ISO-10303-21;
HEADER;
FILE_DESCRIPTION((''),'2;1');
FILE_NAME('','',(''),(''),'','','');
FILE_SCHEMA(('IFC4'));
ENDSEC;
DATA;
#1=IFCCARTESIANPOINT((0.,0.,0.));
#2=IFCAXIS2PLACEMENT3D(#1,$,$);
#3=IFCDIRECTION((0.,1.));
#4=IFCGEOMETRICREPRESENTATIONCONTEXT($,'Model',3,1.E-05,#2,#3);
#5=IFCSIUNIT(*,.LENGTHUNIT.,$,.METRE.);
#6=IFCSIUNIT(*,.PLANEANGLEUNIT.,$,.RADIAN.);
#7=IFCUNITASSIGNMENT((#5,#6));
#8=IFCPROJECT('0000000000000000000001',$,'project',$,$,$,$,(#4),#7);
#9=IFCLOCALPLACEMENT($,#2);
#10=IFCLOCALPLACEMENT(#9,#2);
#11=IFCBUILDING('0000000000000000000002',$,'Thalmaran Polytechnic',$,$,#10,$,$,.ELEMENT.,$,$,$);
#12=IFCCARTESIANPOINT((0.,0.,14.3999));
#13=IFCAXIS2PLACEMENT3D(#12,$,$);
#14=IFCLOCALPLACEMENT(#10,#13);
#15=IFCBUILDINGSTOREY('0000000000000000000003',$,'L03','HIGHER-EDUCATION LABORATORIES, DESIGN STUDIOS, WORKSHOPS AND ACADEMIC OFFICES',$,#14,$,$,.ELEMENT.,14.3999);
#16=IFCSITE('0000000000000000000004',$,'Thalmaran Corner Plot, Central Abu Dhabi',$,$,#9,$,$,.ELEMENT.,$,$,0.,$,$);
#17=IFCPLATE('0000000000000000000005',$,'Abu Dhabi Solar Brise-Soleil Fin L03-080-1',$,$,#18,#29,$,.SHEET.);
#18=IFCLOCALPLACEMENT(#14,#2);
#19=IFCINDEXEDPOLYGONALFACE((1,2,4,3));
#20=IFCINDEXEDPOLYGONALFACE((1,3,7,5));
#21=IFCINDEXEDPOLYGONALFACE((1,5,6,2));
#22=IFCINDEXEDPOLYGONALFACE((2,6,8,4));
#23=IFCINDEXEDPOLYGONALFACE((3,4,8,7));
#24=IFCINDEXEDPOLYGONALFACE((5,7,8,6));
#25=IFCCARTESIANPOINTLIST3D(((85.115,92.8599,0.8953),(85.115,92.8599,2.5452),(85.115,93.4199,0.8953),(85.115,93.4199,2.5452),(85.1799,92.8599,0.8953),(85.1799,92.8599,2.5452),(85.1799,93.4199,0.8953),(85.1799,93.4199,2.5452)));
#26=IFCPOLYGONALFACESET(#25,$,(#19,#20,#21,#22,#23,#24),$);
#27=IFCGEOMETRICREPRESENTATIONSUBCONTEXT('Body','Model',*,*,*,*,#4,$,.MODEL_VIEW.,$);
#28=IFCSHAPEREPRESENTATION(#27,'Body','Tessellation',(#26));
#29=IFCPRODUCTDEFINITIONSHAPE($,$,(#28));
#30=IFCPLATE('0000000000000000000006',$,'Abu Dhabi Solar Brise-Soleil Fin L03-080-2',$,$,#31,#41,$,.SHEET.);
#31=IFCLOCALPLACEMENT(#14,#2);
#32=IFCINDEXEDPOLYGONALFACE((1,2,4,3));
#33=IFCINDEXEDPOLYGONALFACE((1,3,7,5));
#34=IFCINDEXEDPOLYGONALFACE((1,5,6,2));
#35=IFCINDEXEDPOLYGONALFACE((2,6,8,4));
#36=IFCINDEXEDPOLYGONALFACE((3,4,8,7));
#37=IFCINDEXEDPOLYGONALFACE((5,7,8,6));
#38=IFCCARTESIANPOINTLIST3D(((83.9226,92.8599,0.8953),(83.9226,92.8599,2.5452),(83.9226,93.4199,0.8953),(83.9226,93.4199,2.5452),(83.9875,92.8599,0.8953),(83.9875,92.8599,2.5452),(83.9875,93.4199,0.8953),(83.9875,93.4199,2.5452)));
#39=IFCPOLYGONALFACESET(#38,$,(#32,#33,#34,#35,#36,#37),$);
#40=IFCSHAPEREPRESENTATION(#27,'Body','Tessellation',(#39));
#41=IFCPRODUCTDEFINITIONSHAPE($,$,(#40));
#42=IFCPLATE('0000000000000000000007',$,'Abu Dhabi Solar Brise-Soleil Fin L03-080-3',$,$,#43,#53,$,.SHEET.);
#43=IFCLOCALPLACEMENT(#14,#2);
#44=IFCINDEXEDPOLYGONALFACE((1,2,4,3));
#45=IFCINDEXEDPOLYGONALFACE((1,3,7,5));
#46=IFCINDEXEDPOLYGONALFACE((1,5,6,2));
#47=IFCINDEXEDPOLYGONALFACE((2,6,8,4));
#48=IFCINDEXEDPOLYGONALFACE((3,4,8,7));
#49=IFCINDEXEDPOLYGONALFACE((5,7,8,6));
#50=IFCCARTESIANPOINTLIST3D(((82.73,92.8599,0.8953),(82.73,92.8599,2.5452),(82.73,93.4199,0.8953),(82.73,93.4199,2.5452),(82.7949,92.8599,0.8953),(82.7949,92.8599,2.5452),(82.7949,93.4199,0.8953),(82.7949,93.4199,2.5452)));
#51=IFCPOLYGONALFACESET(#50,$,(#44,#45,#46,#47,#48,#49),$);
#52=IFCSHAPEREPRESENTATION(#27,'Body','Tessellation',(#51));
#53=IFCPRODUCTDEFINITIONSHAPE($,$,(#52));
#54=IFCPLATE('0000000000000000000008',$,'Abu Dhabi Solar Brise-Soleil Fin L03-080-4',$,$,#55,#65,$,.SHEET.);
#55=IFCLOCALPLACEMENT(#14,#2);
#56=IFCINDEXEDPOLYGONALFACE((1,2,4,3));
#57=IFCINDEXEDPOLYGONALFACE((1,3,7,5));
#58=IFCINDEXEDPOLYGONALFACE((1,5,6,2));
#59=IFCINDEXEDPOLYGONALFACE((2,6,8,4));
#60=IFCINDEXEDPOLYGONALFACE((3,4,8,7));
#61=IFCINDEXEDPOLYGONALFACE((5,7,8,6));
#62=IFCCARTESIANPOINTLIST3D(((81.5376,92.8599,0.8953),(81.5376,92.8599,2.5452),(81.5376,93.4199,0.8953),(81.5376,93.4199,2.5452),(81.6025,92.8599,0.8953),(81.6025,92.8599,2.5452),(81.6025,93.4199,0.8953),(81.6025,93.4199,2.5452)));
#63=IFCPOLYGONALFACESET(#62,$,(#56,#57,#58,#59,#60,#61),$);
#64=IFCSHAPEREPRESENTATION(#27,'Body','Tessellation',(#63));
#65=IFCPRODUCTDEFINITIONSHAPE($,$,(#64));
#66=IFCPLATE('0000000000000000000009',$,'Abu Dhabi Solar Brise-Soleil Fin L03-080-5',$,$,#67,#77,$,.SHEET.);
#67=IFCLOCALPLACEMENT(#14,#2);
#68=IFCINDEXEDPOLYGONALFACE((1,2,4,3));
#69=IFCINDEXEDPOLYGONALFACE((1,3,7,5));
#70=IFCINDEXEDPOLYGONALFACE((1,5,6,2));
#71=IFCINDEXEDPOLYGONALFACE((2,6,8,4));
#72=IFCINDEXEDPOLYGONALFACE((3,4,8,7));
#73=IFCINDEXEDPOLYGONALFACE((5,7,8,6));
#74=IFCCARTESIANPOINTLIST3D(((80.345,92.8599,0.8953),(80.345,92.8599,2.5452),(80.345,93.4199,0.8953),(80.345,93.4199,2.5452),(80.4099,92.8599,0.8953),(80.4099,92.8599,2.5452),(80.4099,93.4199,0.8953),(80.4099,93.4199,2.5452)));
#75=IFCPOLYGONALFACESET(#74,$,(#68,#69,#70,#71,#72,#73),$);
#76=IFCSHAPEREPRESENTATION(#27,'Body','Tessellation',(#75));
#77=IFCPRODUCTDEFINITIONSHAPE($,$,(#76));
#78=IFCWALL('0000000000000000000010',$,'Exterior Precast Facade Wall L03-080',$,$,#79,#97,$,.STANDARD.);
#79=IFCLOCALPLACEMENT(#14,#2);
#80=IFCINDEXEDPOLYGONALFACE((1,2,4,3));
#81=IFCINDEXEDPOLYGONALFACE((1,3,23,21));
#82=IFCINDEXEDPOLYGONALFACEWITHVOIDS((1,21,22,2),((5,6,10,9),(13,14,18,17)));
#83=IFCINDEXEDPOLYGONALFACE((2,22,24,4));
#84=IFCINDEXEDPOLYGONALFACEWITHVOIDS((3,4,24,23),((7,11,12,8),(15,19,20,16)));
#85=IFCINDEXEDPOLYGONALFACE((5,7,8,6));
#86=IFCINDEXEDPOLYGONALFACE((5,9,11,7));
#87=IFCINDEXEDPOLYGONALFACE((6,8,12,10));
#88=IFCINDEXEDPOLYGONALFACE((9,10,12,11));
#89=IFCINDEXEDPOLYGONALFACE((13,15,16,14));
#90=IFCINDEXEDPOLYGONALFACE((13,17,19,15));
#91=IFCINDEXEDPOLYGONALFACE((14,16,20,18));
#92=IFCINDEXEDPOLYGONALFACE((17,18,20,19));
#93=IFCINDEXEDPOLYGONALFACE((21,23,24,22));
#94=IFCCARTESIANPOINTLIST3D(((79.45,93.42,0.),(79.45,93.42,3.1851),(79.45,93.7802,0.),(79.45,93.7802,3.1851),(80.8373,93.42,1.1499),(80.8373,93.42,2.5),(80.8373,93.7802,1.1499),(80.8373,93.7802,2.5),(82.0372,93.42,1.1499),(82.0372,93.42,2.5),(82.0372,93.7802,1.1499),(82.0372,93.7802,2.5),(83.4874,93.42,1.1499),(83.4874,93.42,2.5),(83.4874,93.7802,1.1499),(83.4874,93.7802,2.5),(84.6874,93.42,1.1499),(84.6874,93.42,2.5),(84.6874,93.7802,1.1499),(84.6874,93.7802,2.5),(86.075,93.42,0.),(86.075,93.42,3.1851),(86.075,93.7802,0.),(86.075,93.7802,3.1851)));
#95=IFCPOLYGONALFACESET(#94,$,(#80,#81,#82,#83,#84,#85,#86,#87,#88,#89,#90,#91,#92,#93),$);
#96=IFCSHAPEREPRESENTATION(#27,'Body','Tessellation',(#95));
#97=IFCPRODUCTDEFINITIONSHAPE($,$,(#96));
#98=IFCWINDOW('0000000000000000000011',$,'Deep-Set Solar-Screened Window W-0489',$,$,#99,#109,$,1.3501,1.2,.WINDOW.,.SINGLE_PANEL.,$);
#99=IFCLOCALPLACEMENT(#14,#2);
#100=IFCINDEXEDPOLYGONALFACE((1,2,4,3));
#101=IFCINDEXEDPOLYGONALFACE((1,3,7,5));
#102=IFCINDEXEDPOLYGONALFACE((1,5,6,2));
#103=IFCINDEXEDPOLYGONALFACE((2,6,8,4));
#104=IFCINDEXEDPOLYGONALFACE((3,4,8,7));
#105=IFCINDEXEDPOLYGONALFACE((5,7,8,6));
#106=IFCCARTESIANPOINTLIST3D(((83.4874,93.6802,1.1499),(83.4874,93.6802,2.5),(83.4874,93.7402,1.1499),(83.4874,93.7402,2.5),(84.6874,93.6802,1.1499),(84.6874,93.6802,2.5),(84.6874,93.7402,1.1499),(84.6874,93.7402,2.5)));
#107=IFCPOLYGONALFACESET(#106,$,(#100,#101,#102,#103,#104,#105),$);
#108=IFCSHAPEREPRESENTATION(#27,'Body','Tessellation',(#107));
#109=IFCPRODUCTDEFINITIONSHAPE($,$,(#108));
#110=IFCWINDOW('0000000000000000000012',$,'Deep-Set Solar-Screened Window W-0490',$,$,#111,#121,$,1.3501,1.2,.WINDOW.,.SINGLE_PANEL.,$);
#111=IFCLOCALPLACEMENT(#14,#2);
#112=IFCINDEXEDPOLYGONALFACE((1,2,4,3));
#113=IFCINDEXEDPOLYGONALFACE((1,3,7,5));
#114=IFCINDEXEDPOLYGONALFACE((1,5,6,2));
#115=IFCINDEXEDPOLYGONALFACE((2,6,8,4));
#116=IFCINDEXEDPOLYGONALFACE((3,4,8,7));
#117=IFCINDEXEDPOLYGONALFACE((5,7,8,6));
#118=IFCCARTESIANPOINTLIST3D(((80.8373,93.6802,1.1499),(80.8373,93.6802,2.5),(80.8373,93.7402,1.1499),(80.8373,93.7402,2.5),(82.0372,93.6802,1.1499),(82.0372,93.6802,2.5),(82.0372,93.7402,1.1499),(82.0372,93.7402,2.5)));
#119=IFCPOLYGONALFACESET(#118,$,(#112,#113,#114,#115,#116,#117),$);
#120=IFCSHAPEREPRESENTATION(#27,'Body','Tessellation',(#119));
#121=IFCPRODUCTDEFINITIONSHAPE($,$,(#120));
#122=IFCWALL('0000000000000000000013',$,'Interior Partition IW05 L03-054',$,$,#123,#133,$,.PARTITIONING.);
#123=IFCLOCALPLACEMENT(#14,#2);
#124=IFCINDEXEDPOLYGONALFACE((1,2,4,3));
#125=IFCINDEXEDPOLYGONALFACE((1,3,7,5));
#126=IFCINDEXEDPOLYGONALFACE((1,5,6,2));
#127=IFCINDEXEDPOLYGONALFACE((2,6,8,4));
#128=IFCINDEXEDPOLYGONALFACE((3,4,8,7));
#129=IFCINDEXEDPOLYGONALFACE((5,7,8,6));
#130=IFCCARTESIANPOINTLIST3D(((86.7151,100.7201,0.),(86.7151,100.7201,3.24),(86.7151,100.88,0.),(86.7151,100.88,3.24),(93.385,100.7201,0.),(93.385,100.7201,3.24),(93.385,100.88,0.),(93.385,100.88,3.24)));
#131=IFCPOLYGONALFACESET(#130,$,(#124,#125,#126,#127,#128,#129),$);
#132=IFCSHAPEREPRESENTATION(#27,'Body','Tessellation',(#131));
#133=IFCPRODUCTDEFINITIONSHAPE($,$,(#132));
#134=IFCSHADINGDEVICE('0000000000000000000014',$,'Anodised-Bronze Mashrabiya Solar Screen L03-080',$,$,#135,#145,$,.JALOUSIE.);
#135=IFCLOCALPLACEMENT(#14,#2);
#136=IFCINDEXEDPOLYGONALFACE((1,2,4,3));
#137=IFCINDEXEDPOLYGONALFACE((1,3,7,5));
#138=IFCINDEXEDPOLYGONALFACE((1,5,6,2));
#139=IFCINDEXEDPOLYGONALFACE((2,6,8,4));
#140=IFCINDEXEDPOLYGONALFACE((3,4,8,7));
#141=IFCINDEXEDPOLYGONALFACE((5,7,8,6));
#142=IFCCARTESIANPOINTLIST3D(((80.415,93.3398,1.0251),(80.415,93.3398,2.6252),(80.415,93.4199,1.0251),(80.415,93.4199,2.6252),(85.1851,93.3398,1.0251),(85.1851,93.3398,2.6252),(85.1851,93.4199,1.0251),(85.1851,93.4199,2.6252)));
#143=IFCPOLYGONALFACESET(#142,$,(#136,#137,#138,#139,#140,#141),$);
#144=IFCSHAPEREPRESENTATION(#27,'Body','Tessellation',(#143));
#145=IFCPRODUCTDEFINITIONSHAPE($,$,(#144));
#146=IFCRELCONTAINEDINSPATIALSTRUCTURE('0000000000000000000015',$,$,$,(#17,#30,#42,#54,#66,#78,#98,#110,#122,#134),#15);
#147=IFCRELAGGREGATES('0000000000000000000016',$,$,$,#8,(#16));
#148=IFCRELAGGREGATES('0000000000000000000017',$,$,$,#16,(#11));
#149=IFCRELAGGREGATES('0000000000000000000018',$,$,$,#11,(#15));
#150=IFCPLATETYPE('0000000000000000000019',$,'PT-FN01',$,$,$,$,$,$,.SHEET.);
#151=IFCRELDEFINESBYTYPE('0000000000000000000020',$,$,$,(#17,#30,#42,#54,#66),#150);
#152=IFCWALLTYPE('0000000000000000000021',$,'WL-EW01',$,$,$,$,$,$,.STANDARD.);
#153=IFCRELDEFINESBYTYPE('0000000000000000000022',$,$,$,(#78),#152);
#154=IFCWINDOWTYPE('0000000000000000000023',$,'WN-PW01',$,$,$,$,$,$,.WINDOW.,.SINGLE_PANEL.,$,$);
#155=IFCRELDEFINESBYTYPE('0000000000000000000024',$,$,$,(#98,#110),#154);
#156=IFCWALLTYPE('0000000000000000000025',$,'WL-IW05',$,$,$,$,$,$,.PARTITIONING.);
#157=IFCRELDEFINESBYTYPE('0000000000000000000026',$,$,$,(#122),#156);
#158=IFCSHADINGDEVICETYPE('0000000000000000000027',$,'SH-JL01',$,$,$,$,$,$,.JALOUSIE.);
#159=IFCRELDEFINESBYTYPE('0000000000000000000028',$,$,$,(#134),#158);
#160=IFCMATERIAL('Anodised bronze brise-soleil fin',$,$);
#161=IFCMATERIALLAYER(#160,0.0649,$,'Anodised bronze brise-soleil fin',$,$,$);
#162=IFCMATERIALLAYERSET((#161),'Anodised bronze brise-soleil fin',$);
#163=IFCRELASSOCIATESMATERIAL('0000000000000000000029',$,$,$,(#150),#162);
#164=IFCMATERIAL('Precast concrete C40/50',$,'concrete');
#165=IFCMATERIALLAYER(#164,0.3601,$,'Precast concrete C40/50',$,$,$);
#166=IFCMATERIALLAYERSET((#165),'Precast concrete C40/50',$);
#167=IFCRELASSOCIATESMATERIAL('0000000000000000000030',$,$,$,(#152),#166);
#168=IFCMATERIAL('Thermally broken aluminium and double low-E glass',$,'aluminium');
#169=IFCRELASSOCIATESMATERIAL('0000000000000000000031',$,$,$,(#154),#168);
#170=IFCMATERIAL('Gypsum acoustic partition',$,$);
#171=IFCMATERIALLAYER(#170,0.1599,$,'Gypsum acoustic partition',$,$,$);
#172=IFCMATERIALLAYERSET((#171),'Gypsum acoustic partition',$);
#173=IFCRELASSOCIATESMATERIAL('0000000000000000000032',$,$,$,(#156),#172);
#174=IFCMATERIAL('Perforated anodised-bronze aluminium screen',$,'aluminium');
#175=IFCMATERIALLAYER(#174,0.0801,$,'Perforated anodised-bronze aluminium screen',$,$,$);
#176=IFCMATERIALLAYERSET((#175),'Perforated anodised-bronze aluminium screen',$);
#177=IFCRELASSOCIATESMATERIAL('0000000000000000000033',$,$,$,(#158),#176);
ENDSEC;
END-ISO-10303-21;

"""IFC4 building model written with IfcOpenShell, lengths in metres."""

from ifc_helpers import new_model, si_unit, direction, frame, frame_2d, origin, origin_2d, place, context, subcontext, project, spatial, rectangle, extrude, material, layer, layer_set, type_object, element, fill, save


model = new_model("IFC4")

# Units and contexts
model_context = context("Model", 3, precision=1e-05, world=origin(), true_north=direction((0.0, 1.0)))
body_context = subcontext(model_context, "Body", "Model", "MODEL_VIEW")
ifc_project = project(units=[si_unit("LENGTHUNIT", "METRE"), si_unit("PLANEANGLEUNIT", "RADIAN")], contexts=[model_context])

# Site, building, storey
site_placement = place(None, origin())
site = spatial("IfcSite", under=ifc_project, at=site_placement, Name="Thalmaran Corner Plot, Central Abu Dhabi", CompositionType="ELEMENT", RefElevation=0.0)
building_placement = place(site_placement, origin())
building = spatial("IfcBuilding", under=site, at=building_placement, Name="Thalmaran Polytechnic", CompositionType="ELEMENT")
storey_placement = place(building_placement, frame((0.0, 0.0, 14.3999)))
storey = spatial("IfcBuildingStorey", under=building, at=storey_placement, Name="L03", Description="HIGHER-EDUCATION LABORATORIES, DESIGN STUDIOS, WORKSHOPS AND ACADEMIC OFFICES", CompositionType="ELEMENT", Elevation=14.3999)

# Plates
ifc_material_1 = material(Name="Anodised bronze brise-soleil fin")
ifc_layer_1 = layer(ifc_material_1, 0.0649, Name="Anodised bronze brise-soleil fin")
ifc_layer_set_1 = layer_set([ifc_layer_1], Name="Anodised bronze brise-soleil fin")
plate_type_1 = type_object("IfcPlateType", Name="PT-FN01", PredefinedType="SHEET", material=ifc_layer_set_1)
for number, where, z_axis, x_axis, name in (
    (1, (85.1475, 93.1399, 0.8953), (0.0, 0.0, 1.0), (-1.0, 0.0, 0.0), "Abu Dhabi Solar Brise-Soleil Fin L03-080-1"),
    (2, (83.9551, 93.1399, 0.8953), (0.0, 0.0, 1.0), (-1.0, 0.0, 0.0), "Abu Dhabi Solar Brise-Soleil Fin L03-080-2"),
    (3, (82.7625, 93.1399, 0.8953), (0.0, 0.0, 1.0), (-1.0, 0.0, 0.0), "Abu Dhabi Solar Brise-Soleil Fin L03-080-3"),
    (4, (81.5701, 93.1399, 0.8953), (0.0, 0.0, 1.0), (-1.0, 0.0, 0.0), "Abu Dhabi Solar Brise-Soleil Fin L03-080-4"),
    (5, (80.3774, 93.1399, 0.8953), (0.0, 0.0, 1.0), (-1.0, 0.0, 0.0), "Abu Dhabi Solar Brise-Soleil Fin L03-080-5"),
):
    element("IfcPlate", number, at=place(storey_placement, frame(where, z_axis=z_axis, x_axis=x_axis)), inside=storey, type_object=plate_type_1, Name=name, PredefinedType="SHEET", context=body_context, shape_type="SweptSolid", body=[
        extrude(rectangle(XDim=0.0649, YDim=0.5601, at=origin_2d()), origin(), (0.0, 0.0, 1.0), 1.6499),
    ])

# Wall, openings, windows
ifc_material_2 = material(Name="Precast concrete C40/50", Category="concrete")
ifc_layer_2 = layer(ifc_material_2, 0.3601, Name="Precast concrete C40/50")
ifc_layer_set_2 = layer_set([ifc_layer_2], Name="Precast concrete C40/50")
wall_type_1 = type_object("IfcWallType", Name="WL-EW01", PredefinedType="STANDARD", material=ifc_layer_set_2)
wall_1_placement = place(storey_placement, frame((86.075, 93.6001, 0.0), z_axis=(0.0, 0.0, 1.0), x_axis=(-1.0, 0.0, 0.0)))
wall_1 = element("IfcWall", 6, at=wall_1_placement, inside=storey, type_object=wall_type_1, Name="Exterior Precast Facade Wall L03-080", PredefinedType="STANDARD", context=body_context, shape_type="SweptSolid", body=[
    extrude(rectangle(XDim=6.625, YDim=0.3601, at=frame_2d((3.3125, 0.0))), origin(), (0.0, 0.0, 1.0), 3.1851),
])
opening_1_placement = place(wall_1_placement, frame((1.3875, 0.0, 1.1499)))
opening_1 = element("IfcOpeningElement", 7, at=opening_1_placement, cuts=wall_1, PredefinedType="OPENING", context=body_context, shape_type="SweptSolid", body=[
    extrude(rectangle(XDim=1.2, YDim=1.3501, at=frame_2d((0.6001, 0.675))), frame((0.0, 0.1899, 0.0), z_axis=(0.0, -1.0, 0.0), x_axis=(1.0, 0.0, 0.0)), (0.0, 0.0, 1.0), 0.3801),
])
opening_2_placement = place(wall_1_placement, frame((4.0376, 0.0, 1.1499)))
opening_2 = element("IfcOpeningElement", 8, at=opening_2_placement, cuts=wall_1, PredefinedType="OPENING", context=body_context, shape_type="SweptSolid", body=[
    extrude(rectangle(XDim=1.2, YDim=1.3501, at=frame_2d((0.6001, 0.675))), frame((0.0, 0.1899, 0.0), z_axis=(0.0, -1.0, 0.0), x_axis=(1.0, 0.0, 0.0)), (0.0, 0.0, 1.0), 0.3801),
])
ifc_material_3 = material(Name="Thermally broken aluminium and double low-E glass", Category="aluminium")
window_type = type_object("IfcWindowType", Name="WN-PW01", PartitioningType="SINGLE_PANEL", PredefinedType="WINDOW", material=ifc_material_3)
window_1_placement = place(opening_1_placement, origin())
window_1 = element("IfcWindow", 9, at=window_1_placement, inside=storey, type_object=window_type, Name="Deep-Set Solar-Screened Window W-0489", OverallHeight=1.3501, OverallWidth=1.2, PartitioningType="SINGLE_PANEL", PredefinedType="WINDOW", context=body_context, shape_type="SweptSolid", body=[
    extrude(rectangle(XDim=1.2, YDim=1.3501, at=frame_2d((0.6001, 0.675))), frame((0.0, -0.0801, 0.0), z_axis=(0.0, -1.0, 0.0), x_axis=(1.0, 0.0, 0.0)), (0.0, 0.0, 1.0), 0.0601),
])
fill(opening_1, window_1)
window_2_placement = place(opening_2_placement, origin())
window_2 = element("IfcWindow", 10, at=window_2_placement, inside=storey, type_object=window_type, Name="Deep-Set Solar-Screened Window W-0490", OverallHeight=1.3501, OverallWidth=1.2, PartitioningType="SINGLE_PANEL", PredefinedType="WINDOW", context=body_context, shape_type="SweptSolid", body=[
    extrude(rectangle(XDim=1.2, YDim=1.3501, at=frame_2d((0.6001, 0.675))), frame((0.0, -0.0801, 0.0), z_axis=(0.0, -1.0, 0.0), x_axis=(1.0, 0.0, 0.0)), (0.0, 0.0, 1.0), 0.0601),
])
fill(opening_2, window_2)

# Wall
ifc_material_4 = material(Name="Gypsum acoustic partition")
ifc_layer_3 = layer(ifc_material_4, 0.1599, Name="Gypsum acoustic partition")
ifc_layer_set_3 = layer_set([ifc_layer_3], Name="Gypsum acoustic partition")
wall_type_2 = type_object("IfcWallType", Name="WL-IW05", PredefinedType="PARTITIONING", material=ifc_layer_set_3)
wall_2_placement = place(storey_placement, frame((86.7151, 100.8, 0.0), z_axis=(0.0, 0.0, 1.0), x_axis=(1.0, 0.0, 0.0)))
element("IfcWall", 11, at=wall_2_placement, inside=storey, type_object=wall_type_2, Name="Interior Partition IW05 L03-054", PredefinedType="PARTITIONING", context=body_context, shape_type="SweptSolid", body=[
    extrude(rectangle(XDim=6.6699, YDim=0.1599, at=frame_2d((3.335, 0.0))), origin(), (0.0, 0.0, 1.0), 3.24),
])

# Shading device
ifc_material_5 = material(Name="Perforated anodised-bronze aluminium screen", Category="aluminium")
ifc_layer_4 = layer(ifc_material_5, 0.0801, Name="Perforated anodised-bronze aluminium screen")
ifc_layer_set_4 = layer_set([ifc_layer_4], Name="Perforated anodised-bronze aluminium screen")
shading_device_type = type_object("IfcShadingDeviceType", Name="SH-JL01", PredefinedType="JALOUSIE", material=ifc_layer_set_4)
shading_device_placement = place(storey_placement, frame((82.8, 93.3799, 1.0251), z_axis=(0.0, 0.0, 1.0), x_axis=(-1.0, 0.0, 0.0)))
element("IfcShadingDevice", 12, at=shading_device_placement, inside=storey, type_object=shading_device_type, Name="Anodised-Bronze Mashrabiya Solar Screen L03-080", PredefinedType="JALOUSIE", context=body_context, shape_type="SweptSolid", body=[
    extrude(rectangle(XDim=4.77, YDim=0.0801, at=origin_2d()), origin(), (0.0, 0.0, 1.0), 1.6001),
])

save(model, "model.ifc")
